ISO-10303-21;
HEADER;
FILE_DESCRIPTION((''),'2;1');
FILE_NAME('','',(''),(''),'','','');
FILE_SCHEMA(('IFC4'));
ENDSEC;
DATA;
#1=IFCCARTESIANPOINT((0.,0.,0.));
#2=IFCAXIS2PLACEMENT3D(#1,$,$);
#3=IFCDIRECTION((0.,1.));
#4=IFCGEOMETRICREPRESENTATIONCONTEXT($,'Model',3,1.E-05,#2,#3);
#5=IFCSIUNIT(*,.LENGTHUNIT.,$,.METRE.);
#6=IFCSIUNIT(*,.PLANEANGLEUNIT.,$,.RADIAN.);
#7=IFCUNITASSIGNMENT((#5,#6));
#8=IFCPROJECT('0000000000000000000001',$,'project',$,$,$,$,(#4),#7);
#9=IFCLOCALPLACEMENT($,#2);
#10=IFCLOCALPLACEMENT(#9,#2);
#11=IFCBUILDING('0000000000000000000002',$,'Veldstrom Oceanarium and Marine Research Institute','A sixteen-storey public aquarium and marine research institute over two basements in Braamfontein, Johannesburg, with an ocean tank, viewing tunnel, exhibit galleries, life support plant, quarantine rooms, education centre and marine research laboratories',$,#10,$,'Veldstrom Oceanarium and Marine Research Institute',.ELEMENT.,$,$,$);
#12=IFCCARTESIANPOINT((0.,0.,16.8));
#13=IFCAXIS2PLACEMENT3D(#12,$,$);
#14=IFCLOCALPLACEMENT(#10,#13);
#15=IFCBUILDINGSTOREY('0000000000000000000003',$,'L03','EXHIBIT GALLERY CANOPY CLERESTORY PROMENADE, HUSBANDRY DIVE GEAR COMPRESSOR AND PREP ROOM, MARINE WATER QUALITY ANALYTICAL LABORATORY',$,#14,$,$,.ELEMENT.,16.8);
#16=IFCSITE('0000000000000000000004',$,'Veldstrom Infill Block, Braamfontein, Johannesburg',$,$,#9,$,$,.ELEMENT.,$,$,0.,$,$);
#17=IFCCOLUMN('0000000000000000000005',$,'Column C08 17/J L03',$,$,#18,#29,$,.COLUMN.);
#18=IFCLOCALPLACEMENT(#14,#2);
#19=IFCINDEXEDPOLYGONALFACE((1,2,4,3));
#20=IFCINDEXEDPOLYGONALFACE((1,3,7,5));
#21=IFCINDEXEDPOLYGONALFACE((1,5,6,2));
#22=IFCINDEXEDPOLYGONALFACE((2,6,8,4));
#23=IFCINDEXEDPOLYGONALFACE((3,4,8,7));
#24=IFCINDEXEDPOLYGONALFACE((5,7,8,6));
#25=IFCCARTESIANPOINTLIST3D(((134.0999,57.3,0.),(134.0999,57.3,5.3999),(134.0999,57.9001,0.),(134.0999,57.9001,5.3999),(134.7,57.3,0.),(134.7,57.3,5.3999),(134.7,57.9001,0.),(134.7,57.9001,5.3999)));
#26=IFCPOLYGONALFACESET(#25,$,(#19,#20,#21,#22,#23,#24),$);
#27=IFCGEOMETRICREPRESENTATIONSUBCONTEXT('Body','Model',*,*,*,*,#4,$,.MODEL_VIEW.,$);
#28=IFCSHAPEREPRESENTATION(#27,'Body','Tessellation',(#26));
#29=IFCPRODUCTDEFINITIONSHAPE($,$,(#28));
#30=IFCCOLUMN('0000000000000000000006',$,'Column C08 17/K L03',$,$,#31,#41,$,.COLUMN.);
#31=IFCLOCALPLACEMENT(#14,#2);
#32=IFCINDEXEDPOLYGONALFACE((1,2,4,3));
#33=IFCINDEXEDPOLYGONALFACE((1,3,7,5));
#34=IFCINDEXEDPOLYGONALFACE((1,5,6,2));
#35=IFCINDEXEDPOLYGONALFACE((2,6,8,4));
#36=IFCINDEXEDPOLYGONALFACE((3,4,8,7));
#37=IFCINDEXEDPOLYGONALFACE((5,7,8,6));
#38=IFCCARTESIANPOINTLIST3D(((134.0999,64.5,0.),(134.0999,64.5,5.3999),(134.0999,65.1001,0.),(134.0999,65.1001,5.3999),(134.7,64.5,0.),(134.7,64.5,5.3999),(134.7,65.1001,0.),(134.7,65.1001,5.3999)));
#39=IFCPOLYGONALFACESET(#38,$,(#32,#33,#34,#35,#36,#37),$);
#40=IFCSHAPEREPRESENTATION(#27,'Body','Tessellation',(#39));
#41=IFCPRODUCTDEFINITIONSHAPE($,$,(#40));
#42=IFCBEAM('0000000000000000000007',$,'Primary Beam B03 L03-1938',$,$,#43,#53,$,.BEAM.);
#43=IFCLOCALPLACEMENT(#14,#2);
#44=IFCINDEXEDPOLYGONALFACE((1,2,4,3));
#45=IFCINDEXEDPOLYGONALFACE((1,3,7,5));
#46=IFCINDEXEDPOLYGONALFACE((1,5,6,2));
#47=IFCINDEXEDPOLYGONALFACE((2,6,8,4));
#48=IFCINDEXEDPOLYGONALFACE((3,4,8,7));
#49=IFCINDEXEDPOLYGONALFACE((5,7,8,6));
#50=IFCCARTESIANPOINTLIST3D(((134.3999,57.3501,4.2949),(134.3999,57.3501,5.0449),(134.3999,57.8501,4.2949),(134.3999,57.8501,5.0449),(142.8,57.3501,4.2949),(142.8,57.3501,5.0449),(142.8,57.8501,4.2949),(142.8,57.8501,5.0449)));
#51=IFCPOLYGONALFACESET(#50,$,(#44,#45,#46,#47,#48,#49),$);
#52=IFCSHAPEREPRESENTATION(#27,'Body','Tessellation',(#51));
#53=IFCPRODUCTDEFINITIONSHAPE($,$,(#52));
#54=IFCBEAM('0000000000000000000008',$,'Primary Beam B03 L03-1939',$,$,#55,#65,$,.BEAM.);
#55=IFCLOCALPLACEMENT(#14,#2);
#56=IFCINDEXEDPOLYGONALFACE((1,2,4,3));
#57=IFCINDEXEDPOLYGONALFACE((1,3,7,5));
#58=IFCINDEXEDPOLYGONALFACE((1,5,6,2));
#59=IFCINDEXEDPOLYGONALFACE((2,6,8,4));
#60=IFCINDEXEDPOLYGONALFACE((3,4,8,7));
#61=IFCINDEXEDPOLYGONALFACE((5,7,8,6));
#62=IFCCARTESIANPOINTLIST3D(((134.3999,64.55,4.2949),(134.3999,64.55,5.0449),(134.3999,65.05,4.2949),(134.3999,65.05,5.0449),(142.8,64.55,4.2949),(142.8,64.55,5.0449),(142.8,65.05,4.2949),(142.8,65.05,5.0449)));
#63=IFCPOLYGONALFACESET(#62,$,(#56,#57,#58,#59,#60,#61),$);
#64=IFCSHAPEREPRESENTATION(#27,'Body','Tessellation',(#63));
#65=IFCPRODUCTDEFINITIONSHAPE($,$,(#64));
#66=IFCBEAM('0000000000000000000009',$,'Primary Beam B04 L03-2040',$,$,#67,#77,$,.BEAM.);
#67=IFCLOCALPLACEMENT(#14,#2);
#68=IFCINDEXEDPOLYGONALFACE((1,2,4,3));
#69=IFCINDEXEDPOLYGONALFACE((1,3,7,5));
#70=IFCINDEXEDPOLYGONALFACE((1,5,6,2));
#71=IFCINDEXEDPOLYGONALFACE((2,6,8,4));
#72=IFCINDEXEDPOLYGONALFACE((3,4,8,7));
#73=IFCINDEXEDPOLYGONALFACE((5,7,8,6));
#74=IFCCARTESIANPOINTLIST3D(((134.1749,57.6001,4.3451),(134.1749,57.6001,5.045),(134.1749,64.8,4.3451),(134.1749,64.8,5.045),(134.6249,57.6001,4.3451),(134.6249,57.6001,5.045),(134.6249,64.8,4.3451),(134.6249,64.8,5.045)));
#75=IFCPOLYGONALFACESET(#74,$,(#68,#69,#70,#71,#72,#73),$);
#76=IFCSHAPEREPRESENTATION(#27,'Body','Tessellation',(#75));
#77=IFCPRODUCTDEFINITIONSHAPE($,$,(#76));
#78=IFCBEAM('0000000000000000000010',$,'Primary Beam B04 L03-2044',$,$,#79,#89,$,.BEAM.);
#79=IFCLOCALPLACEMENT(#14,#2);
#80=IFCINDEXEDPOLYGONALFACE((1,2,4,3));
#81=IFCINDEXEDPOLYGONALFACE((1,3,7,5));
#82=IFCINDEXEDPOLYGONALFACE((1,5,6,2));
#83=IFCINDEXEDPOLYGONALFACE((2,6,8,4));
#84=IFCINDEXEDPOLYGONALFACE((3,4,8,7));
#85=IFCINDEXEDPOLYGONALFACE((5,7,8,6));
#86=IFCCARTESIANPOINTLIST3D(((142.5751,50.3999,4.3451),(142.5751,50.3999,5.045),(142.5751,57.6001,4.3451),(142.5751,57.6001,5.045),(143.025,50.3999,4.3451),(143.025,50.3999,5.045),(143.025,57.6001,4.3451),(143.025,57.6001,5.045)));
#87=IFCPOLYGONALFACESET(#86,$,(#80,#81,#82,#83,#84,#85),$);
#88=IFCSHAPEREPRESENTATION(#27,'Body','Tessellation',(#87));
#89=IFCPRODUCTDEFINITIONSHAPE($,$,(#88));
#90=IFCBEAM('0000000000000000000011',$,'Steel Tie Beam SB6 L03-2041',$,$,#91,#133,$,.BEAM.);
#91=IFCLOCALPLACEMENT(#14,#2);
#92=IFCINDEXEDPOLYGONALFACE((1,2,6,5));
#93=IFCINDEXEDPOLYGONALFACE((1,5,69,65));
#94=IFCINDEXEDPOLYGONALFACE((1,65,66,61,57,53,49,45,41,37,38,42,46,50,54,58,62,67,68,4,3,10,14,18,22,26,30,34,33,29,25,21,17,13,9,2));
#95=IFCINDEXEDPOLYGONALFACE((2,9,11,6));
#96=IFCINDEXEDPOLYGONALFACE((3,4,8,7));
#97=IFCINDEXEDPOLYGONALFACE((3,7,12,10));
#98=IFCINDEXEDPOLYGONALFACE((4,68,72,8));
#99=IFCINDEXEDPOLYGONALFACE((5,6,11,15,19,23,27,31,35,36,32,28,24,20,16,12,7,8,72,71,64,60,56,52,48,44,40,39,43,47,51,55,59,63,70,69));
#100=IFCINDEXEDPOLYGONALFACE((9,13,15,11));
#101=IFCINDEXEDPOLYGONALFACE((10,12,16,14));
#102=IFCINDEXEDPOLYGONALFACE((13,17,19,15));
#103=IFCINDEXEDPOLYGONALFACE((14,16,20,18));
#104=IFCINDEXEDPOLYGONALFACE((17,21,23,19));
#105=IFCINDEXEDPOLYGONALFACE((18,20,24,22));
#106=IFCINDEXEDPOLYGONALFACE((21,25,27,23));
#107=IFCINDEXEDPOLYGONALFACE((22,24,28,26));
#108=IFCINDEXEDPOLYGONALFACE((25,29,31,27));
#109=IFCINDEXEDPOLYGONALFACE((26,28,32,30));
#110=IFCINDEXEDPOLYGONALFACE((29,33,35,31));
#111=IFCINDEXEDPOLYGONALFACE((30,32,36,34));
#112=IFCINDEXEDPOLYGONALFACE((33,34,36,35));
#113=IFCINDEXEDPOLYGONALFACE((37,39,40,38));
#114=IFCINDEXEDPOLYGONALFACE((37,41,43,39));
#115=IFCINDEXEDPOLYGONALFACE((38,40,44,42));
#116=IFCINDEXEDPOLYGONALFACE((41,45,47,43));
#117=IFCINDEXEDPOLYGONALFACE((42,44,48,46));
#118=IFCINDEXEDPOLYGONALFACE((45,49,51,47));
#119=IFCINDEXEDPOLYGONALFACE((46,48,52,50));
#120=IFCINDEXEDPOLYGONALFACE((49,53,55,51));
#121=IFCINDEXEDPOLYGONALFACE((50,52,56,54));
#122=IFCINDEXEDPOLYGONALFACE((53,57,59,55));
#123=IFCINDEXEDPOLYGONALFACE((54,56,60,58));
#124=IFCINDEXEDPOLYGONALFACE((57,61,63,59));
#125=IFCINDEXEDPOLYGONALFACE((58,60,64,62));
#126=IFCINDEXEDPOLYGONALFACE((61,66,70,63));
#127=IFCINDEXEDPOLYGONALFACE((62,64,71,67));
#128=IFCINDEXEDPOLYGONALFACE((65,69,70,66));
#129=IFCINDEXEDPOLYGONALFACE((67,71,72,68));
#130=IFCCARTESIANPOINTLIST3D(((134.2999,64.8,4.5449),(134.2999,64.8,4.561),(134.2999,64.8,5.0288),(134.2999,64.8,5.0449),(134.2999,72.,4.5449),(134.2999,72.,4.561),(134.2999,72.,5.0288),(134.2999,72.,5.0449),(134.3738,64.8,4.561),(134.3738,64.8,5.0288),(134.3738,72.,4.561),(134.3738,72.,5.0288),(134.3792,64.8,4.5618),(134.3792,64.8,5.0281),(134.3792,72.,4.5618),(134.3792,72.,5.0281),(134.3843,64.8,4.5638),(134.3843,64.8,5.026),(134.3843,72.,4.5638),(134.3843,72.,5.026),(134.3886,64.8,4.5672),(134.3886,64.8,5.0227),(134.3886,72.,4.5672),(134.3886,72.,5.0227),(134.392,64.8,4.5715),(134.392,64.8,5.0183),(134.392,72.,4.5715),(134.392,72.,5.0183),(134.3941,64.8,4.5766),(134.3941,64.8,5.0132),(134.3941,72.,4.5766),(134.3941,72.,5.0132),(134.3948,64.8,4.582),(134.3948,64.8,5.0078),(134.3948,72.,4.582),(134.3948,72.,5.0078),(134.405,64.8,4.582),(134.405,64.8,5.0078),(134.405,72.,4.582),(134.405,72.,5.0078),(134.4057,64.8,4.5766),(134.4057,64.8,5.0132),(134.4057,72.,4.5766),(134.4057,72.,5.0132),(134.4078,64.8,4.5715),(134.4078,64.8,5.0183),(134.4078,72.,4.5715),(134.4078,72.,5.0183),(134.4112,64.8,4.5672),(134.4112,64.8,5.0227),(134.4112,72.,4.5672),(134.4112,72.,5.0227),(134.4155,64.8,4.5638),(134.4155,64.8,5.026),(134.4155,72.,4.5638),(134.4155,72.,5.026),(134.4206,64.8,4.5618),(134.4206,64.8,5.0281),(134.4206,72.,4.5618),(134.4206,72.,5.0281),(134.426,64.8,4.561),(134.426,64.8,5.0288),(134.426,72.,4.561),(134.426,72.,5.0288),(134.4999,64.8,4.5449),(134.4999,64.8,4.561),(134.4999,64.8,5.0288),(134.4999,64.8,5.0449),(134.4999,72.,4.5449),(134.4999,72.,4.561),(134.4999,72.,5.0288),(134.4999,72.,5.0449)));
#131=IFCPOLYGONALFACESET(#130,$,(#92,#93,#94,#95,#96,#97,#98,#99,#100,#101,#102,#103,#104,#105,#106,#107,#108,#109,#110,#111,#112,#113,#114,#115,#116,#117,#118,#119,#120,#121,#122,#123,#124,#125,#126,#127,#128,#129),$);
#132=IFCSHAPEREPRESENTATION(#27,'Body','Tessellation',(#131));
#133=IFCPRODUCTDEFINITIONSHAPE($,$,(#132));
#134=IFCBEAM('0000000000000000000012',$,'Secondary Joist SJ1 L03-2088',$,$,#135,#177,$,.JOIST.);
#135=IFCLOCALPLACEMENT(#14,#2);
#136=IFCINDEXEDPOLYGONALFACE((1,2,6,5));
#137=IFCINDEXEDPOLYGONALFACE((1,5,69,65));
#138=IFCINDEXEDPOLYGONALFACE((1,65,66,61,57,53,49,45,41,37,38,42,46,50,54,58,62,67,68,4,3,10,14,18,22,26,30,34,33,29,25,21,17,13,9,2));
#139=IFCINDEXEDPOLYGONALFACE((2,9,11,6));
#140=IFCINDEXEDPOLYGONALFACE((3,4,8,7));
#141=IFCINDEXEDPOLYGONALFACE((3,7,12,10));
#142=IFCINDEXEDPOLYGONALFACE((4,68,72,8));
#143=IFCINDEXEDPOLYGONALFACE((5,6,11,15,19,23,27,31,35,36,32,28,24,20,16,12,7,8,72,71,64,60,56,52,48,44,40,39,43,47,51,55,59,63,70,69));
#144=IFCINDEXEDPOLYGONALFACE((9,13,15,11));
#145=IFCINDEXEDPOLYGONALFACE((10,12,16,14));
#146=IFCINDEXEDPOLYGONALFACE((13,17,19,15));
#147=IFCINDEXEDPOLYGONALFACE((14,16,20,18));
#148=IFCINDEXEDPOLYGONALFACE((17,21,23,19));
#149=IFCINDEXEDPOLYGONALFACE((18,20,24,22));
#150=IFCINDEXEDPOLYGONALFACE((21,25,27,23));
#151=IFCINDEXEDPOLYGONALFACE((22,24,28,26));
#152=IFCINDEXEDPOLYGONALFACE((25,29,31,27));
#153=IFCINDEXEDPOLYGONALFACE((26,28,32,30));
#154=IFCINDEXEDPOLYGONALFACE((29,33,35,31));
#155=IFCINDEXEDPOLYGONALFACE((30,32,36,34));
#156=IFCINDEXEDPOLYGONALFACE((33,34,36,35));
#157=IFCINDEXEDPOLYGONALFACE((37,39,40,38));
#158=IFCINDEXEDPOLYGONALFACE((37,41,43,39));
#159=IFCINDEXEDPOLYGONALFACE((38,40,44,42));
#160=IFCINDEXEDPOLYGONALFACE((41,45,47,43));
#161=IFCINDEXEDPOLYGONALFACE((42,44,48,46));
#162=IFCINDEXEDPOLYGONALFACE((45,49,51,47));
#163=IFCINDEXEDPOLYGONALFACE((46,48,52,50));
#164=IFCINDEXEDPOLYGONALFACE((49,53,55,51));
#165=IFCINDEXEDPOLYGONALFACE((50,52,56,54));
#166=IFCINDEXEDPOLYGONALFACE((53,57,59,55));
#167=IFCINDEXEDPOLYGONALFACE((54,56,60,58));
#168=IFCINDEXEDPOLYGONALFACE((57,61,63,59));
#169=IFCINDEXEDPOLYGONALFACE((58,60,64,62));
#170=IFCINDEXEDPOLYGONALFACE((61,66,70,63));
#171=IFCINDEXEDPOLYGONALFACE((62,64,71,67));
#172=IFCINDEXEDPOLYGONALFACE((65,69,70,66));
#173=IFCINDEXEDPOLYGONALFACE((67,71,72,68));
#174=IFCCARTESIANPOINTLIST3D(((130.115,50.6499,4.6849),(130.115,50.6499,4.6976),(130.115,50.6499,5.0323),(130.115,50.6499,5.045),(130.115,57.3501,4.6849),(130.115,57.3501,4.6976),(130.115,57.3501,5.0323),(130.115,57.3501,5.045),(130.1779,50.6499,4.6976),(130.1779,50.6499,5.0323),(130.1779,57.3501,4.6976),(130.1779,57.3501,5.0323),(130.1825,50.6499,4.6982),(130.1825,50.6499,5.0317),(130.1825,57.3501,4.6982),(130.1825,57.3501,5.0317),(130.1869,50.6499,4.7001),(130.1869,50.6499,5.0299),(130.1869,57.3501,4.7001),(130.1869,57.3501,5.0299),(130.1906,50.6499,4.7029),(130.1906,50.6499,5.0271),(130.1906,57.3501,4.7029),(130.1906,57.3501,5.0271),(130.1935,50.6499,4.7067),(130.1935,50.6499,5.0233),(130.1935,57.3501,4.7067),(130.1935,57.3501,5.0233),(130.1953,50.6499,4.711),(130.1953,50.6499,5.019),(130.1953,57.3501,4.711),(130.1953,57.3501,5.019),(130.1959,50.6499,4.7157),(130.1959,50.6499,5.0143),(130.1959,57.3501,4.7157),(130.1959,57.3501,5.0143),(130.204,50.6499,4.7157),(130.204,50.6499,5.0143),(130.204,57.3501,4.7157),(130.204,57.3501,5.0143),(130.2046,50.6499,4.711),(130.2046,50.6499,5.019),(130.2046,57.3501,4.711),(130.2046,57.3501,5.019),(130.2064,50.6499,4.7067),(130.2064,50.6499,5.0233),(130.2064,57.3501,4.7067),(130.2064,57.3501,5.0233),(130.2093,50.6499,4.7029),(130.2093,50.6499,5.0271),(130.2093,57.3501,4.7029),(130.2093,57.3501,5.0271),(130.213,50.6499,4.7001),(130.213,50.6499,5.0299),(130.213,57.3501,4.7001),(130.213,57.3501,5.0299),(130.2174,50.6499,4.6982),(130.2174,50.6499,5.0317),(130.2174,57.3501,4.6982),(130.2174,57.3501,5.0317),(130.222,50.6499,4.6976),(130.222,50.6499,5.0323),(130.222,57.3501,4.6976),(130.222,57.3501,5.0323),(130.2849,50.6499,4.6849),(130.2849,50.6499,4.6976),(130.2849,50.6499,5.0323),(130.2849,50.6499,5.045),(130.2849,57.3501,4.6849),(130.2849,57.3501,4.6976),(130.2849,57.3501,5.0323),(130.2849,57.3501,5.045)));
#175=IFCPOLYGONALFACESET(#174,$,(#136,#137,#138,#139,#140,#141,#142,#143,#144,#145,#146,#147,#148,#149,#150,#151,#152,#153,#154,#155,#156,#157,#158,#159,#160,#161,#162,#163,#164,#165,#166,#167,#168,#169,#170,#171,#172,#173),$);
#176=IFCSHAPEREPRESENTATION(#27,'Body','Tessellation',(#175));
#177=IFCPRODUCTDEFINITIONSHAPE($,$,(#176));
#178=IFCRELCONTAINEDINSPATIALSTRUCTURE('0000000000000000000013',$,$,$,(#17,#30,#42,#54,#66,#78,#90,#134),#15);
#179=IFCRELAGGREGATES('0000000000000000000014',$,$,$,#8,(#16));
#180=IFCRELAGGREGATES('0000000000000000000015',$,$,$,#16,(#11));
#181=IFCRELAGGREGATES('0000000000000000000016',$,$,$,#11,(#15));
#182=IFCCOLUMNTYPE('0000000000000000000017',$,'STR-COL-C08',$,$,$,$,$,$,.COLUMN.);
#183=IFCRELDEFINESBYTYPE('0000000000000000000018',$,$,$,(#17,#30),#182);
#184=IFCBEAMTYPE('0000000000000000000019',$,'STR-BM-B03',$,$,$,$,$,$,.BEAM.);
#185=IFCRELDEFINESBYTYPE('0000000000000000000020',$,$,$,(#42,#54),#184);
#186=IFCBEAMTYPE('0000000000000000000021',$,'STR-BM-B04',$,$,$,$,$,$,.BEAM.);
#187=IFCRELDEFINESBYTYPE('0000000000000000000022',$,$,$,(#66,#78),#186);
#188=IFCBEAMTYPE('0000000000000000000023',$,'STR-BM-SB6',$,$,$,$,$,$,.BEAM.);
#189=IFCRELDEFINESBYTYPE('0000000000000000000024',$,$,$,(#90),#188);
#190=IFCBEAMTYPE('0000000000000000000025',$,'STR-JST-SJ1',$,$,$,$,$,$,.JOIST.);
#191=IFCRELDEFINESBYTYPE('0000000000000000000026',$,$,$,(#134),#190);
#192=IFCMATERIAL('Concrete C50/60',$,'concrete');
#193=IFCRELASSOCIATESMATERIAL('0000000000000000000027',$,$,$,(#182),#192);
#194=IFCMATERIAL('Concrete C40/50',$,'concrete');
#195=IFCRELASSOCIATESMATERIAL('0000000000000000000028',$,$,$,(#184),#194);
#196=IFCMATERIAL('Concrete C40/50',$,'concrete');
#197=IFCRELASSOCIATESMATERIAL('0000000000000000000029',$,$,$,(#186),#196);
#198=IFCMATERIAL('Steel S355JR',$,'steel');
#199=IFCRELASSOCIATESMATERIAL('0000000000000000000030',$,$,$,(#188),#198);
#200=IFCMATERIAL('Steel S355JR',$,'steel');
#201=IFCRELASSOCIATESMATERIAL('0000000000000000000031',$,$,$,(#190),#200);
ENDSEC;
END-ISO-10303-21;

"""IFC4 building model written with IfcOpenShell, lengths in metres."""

from ifc_helpers import new_model, si_unit, direction, frame, origin, origin_2d, place, context, subcontext, project, spatial, rectangle, i_section, extrude, material, material_profile, profile_set, type_object, element, save


model = new_model("IFC4")

# Units and contexts
model_context = context("Model", 3, precision=1e-05, world=origin(), true_north=direction((0.0, 1.0)))
body_context = subcontext(model_context, "Body", "Model", "MODEL_VIEW")
ifc_project = project(units=[si_unit("LENGTHUNIT", "METRE"), si_unit("PLANEANGLEUNIT", "RADIAN")], contexts=[model_context])

# Site, building, storey
site_placement = place(None, origin())
site = spatial("IfcSite", under=ifc_project, at=site_placement, Name="Veldstrom Infill Block, Braamfontein, Johannesburg", CompositionType="ELEMENT", RefElevation=0.0)
building_placement = place(site_placement, origin())
building = spatial("IfcBuilding", under=site, at=building_placement, Name="Veldstrom Oceanarium and Marine Research Institute", Description="A sixteen-storey public aquarium and marine research institute over two basements in Braamfontein, Johannesburg, with an ocean tank, viewing tunnel, exhibit galleries, life support plant, quarantine rooms, education centre and marine research laboratories", LongName="Veldstrom Oceanarium and Marine Research Institute", CompositionType="ELEMENT")
storey_placement = place(building_placement, frame((0.0, 0.0, 16.8)))
storey = spatial("IfcBuildingStorey", under=building, at=storey_placement, Name="L03", Description="EXHIBIT GALLERY CANOPY CLERESTORY PROMENADE, HUSBANDRY DIVE GEAR COMPRESSOR AND PREP ROOM, MARINE WATER QUALITY ANALYTICAL LABORATORY", CompositionType="ELEMENT", Elevation=16.8)

# Columns
ifc_material_1 = material(Name="Concrete C50/60", Category="concrete")
ifc_material_profile_1 = material_profile(ifc_material_1, rectangle(XDim=0.6001, YDim=0.6001, at=origin_2d()), Name="RC-COL-600x600")
ifc_profile_set_1 = profile_set([ifc_material_profile_1], Name="Concrete C50/60")
column_type = type_object("IfcColumnType", Name="STR-COL-C08", PredefinedType="COLUMN", material=ifc_profile_set_1)
for number, where, z_axis, x_axis, name in (
    (1, (134.3999, 57.6001, 0.0), (0.0, 0.0, 1.0), (1.0, 0.0, 0.0), "Column C08 17/J L03"),
    (2, (134.3999, 64.8, 0.0), (0.0, 0.0, 1.0), (1.0, 0.0, 0.0), "Column C08 17/K L03"),
):
    element("IfcColumn", number, at=place(storey_placement, frame(where, z_axis=z_axis, x_axis=x_axis)), inside=storey, type_object=column_type, Name=name, PredefinedType="COLUMN", context=body_context, shape_type="SweptSolid", body=[
        extrude(rectangle(XDim=0.6001, YDim=0.6001, at=origin_2d()), origin(), (0.0, 0.0, 1.0), 5.3999),
    ])

# Beams
ifc_material_2 = material(Name="Concrete C40/50", Category="concrete")
ifc_material_profile_2 = material_profile(ifc_material_2, rectangle(XDim=0.5, YDim=0.75, at=origin_2d()), Name="RC-BM-500x750")
ifc_profile_set_2 = profile_set([ifc_material_profile_2], Name="Concrete C40/50")
beam_type_1 = type_object("IfcBeamType", Name="STR-BM-B03", PredefinedType="BEAM", material=ifc_profile_set_2)
for number, where, z_axis, x_axis, name in (
    (3, (134.3999, 57.6001, 4.6699), (1.0, 0.0, 0.0), (0.0, 1.0, 0.0), "Primary Beam B03 L03-1938"),
    (4, (134.3999, 64.8, 4.6699), (1.0, 0.0, 0.0), (0.0, 1.0, 0.0), "Primary Beam B03 L03-1939"),
):
    element("IfcBeam", number, at=place(storey_placement, frame(where, z_axis=z_axis, x_axis=x_axis)), inside=storey, type_object=beam_type_1, Name=name, PredefinedType="BEAM", context=body_context, shape_type="SweptSolid", body=[
        extrude(rectangle(XDim=0.5, YDim=0.75, at=origin_2d()), origin(), (0.0, 0.0, 1.0), 8.4001),
    ])
ifc_material_3 = material(Name="Concrete C40/50", Category="concrete")
ifc_material_profile_3 = material_profile(ifc_material_3, rectangle(XDim=0.45, YDim=0.7, at=origin_2d()), Name="RC-BM-450x700")
ifc_profile_set_3 = profile_set([ifc_material_profile_3], Name="Concrete C40/50")
beam_type_2 = type_object("IfcBeamType", Name="STR-BM-B04", PredefinedType="BEAM", material=ifc_profile_set_3)
beam_1_placement = place(storey_placement, frame((134.3999, 57.6001, 4.6951), z_axis=(0.0, 1.0, 0.0), x_axis=(-1.0, 0.0, 0.0)))
element("IfcBeam", 5, at=beam_1_placement, inside=storey, type_object=beam_type_2, Name="Primary Beam B04 L03-2040", PredefinedType="BEAM", context=body_context, shape_type="SweptSolid", body=[
    extrude(rectangle(XDim=0.45, YDim=0.7, at=origin_2d()), origin(), (0.0, 0.0, 1.0), 7.2),
])
beam_2_placement = place(storey_placement, frame((142.8, 50.3999, 4.6951), z_axis=(0.0, 1.0, 0.0), x_axis=(-1.0, 0.0, 0.0)))
element("IfcBeam", 6, at=beam_2_placement, inside=storey, type_object=beam_type_2, Name="Primary Beam B04 L03-2044", PredefinedType="BEAM", context=body_context, shape_type="SweptSolid", body=[
    extrude(rectangle(XDim=0.45, YDim=0.7, at=origin_2d()), origin(), (0.0, 0.0, 1.0), 7.2002),
])
ifc_material_4 = material(Name="Steel S355JR", Category="steel")
ifc_material_profile_4 = material_profile(ifc_material_4, i_section(OverallWidth=0.2, OverallDepth=0.5, WebThickness=0.0103, FlangeThickness=0.0161, FilletRadius=0.021, at=origin_2d()), Name="IPE 500")
ifc_profile_set_4 = profile_set([ifc_material_profile_4], Name="Steel S355JR")
beam_type_3 = type_object("IfcBeamType", Name="STR-BM-SB6", PredefinedType="BEAM", material=ifc_profile_set_4)
beam_3_placement = place(storey_placement, frame((134.3999, 64.8, 4.7949), z_axis=(0.0, 1.0, 0.0), x_axis=(-1.0, 0.0, 0.0)))
element("IfcBeam", 7, at=beam_3_placement, inside=storey, type_object=beam_type_3, Name="Steel Tie Beam SB6 L03-2041", PredefinedType="BEAM", context=body_context, shape_type="SweptSolid", body=[
    extrude(i_section(OverallWidth=0.2, OverallDepth=0.5, WebThickness=0.0103, FlangeThickness=0.0161, FilletRadius=0.021, at=origin_2d()), origin(), (0.0, 0.0, 1.0), 7.2),
])
ifc_material_5 = material(Name="Steel S355JR", Category="steel")
ifc_material_profile_5 = material_profile(ifc_material_5, i_section(OverallWidth=0.1699, OverallDepth=0.3601, WebThickness=0.0081, FlangeThickness=0.0127, FilletRadius=0.0181, at=origin_2d()), Name="IPE 360")
ifc_profile_set_5 = profile_set([ifc_material_profile_5], Name="Steel S355JR")
beam_type_4 = type_object("IfcBeamType", Name="STR-JST-SJ1", PredefinedType="JOIST", material=ifc_profile_set_5)
beam_4_placement = place(storey_placement, frame((130.2, 50.6499, 4.865), z_axis=(0.0, 1.0, 0.0), x_axis=(-1.0, 0.0, 0.0)))
element("IfcBeam", 8, at=beam_4_placement, inside=storey, type_object=beam_type_4, Name="Secondary Joist SJ1 L03-2088", PredefinedType="JOIST", context=body_context, shape_type="SweptSolid", body=[
    extrude(i_section(OverallWidth=0.1699, OverallDepth=0.3601, WebThickness=0.0081, FlangeThickness=0.0127, FilletRadius=0.0181, at=origin_2d()), origin(), (0.0, 0.0, 1.0), 6.7002),
])

save(model, "model.ifc")
